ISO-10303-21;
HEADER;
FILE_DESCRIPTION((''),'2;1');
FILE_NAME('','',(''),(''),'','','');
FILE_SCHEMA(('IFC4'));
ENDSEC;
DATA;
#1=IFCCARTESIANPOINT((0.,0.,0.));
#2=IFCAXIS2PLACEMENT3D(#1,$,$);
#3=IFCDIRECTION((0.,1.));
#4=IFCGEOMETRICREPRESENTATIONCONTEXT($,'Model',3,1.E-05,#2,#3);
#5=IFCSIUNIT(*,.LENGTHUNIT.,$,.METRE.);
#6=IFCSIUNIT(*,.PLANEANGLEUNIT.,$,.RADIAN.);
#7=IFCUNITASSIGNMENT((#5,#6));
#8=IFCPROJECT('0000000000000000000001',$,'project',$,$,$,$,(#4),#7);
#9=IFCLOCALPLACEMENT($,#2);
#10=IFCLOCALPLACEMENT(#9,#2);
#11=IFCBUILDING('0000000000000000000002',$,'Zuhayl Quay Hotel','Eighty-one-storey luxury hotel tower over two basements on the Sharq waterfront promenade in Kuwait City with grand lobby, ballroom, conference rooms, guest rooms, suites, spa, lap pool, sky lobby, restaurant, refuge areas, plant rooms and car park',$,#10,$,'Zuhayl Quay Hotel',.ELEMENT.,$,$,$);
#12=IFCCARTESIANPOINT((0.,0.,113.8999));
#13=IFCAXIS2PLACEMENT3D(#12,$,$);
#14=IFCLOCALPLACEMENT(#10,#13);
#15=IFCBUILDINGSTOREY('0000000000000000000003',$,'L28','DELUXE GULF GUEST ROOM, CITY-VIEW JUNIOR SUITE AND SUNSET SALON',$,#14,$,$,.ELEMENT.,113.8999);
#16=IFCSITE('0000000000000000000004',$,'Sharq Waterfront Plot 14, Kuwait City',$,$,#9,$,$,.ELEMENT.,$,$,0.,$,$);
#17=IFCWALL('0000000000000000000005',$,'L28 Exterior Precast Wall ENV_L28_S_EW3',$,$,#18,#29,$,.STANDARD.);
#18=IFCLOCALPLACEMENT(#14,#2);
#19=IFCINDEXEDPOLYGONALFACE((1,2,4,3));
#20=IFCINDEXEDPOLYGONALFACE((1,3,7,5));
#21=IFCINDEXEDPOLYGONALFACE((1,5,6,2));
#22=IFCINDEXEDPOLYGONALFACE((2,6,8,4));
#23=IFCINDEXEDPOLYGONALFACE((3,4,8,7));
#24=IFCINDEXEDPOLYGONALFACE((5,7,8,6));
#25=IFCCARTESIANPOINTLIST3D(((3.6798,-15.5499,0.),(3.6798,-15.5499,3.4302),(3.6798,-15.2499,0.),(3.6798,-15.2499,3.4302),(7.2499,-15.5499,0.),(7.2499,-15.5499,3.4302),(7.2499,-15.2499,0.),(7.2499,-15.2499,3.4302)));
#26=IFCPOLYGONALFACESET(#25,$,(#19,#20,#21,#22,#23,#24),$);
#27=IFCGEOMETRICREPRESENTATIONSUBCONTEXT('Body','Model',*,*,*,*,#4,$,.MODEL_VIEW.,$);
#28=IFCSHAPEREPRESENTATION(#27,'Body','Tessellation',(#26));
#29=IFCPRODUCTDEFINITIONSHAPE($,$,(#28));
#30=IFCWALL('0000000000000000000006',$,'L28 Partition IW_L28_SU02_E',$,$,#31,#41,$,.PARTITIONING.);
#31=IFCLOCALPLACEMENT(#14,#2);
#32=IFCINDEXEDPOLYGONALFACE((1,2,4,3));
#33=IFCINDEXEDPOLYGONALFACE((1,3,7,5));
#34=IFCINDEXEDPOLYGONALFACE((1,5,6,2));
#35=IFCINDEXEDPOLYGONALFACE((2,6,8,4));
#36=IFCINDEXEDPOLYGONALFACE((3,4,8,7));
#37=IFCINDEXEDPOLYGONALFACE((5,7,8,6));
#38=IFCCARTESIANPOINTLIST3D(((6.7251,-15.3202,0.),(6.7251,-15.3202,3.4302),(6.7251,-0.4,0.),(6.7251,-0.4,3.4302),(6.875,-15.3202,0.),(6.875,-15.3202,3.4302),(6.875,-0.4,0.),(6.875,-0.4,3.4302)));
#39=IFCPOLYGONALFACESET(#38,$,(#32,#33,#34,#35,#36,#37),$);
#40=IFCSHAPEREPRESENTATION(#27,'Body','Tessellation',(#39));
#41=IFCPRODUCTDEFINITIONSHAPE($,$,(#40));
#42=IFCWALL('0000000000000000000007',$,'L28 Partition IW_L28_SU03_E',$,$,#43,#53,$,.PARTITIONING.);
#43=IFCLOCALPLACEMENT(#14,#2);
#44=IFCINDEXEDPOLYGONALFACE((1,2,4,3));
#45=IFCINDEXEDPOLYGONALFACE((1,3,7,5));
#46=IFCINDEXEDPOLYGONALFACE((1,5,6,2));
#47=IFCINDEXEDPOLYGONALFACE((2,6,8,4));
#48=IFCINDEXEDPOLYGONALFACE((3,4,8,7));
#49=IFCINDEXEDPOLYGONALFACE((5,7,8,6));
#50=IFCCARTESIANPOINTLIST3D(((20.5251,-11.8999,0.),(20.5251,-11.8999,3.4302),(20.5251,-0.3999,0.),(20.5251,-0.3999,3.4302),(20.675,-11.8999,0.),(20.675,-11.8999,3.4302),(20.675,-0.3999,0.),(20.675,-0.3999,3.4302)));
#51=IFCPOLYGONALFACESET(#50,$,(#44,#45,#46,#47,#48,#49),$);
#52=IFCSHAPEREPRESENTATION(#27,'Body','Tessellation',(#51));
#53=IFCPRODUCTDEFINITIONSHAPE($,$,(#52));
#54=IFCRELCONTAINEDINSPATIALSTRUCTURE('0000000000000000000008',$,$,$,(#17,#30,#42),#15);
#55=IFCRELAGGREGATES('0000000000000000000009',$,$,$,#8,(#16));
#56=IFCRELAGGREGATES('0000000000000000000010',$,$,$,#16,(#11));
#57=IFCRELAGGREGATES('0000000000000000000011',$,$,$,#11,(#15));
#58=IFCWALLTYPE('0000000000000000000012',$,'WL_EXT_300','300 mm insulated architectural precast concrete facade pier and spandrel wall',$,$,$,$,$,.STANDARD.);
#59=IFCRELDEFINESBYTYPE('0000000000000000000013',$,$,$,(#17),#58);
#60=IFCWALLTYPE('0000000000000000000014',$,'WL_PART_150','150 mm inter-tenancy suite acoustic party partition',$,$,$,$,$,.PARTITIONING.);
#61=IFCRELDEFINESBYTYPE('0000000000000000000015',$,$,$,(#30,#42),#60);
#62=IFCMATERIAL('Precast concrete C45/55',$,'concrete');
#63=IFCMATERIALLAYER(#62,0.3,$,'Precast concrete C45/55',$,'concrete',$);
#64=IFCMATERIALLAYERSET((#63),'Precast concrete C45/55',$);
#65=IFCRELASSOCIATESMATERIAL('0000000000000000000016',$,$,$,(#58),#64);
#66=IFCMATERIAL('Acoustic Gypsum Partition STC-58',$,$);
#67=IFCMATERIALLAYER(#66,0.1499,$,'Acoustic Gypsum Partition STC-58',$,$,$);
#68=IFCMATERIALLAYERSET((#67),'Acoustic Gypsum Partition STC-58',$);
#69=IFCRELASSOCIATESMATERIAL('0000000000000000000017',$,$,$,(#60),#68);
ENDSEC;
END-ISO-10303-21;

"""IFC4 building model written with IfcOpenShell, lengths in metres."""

from ifc_helpers import new_model, si_unit, direction, frame, frame_2d, origin, place, context, subcontext, project, spatial, rectangle, extrude, material, layer, layer_set, type_object, element, save


model = new_model("IFC4")

# Units and contexts
model_context = context("Model", 3, precision=1e-05, world=origin(), true_north=direction((0.0, 1.0)))
body_context = subcontext(model_context, "Body", "Model", "MODEL_VIEW")
ifc_project = project(units=[si_unit("LENGTHUNIT", "METRE"), si_unit("PLANEANGLEUNIT", "RADIAN")], contexts=[model_context])

# Site, building, storey
site_placement = place(None, origin())
site = spatial("IfcSite", under=ifc_project, at=site_placement, Name="Sharq Waterfront Plot 14, Kuwait City", CompositionType="ELEMENT", RefElevation=0.0)
building_placement = place(site_placement, origin())
building = spatial("IfcBuilding", under=site, at=building_placement, Name="Zuhayl Quay Hotel", Description="Eighty-one-storey luxury hotel tower over two basements on the Sharq waterfront promenade in Kuwait City with grand lobby, ballroom, conference rooms, guest rooms, suites, spa, lap pool, sky lobby, restaurant, refuge areas, plant rooms and car park", LongName="Zuhayl Quay Hotel", CompositionType="ELEMENT")
storey_placement = place(building_placement, frame((0.0, 0.0, 113.8999)))
storey = spatial("IfcBuildingStorey", under=building, at=storey_placement, Name="L28", Description="DELUXE GULF GUEST ROOM, CITY-VIEW JUNIOR SUITE AND SUNSET SALON", CompositionType="ELEMENT", Elevation=113.8999)

# Shared definitions
ifc_material_1 = material(Name="Precast concrete C45/55", Category="concrete")
ifc_layer_1 = layer(ifc_material_1, 0.3, Name="Precast concrete C45/55", Category="concrete")
ifc_layer_set_1 = layer_set([ifc_layer_1], Name="Precast concrete C45/55")
wall_type_1 = type_object("IfcWallType", Name="WL_EXT_300", Description="300 mm insulated architectural precast concrete facade pier and spandrel wall", PredefinedType="STANDARD", material=ifc_layer_set_1)

# Walls
wall_1_placement = place(storey_placement, frame((7.25, -15.3999, 0.0), z_axis=(0.0, 0.0, 1.0), x_axis=(-1.0, 0.0, 0.0)))
element("IfcWall", 1, at=wall_1_placement, inside=storey, type_object=wall_type_1, Name="L28 Exterior Precast Wall ENV_L28_S_EW3", PredefinedType="STANDARD", context=body_context, shape_type="SweptSolid", body=[
    extrude(rectangle(XDim=3.5701, YDim=0.3, at=frame_2d((1.7852, 0.0))), origin(), (0.0, 0.0, 1.0), 3.4302),
])
ifc_material_2 = material(Name="Acoustic Gypsum Partition STC-58")
ifc_layer_2 = layer(ifc_material_2, 0.1499, Name="Acoustic Gypsum Partition STC-58")
ifc_layer_set_2 = layer_set([ifc_layer_2], Name="Acoustic Gypsum Partition STC-58")
wall_type_2 = type_object("IfcWallType", Name="WL_PART_150", Description="150 mm inter-tenancy suite acoustic party partition", PredefinedType="PARTITIONING", material=ifc_layer_set_2)
wall_2_placement = place(storey_placement, frame((6.8, -15.3201, 0.0), z_axis=(0.0, 0.0, 1.0), x_axis=(0.0, 1.0, 0.0)))
element("IfcWall", 2, at=wall_2_placement, inside=storey, type_object=wall_type_2, Name="L28 Partition IW_L28_SU02_E", PredefinedType="PARTITIONING", context=body_context, shape_type="SweptSolid", body=[
    extrude(rectangle(XDim=14.9202, YDim=0.1499, at=frame_2d((7.46, 0.0))), origin(), (0.0, 0.0, 1.0), 3.4302),
])
wall_3_placement = place(storey_placement, frame((20.6001, -11.8999, 0.0), z_axis=(0.0, 0.0, 1.0), x_axis=(0.0, 1.0, 0.0)))
element("IfcWall", 3, at=wall_3_placement, inside=storey, type_object=wall_type_2, Name="L28 Partition IW_L28_SU03_E", PredefinedType="PARTITIONING", context=body_context, shape_type="SweptSolid", body=[
    extrude(rectangle(XDim=11.5, YDim=0.1499, at=frame_2d((5.75, 0.0))), origin(), (0.0, 0.0, 1.0), 3.4302),
])

save(model, "model.ifc")
